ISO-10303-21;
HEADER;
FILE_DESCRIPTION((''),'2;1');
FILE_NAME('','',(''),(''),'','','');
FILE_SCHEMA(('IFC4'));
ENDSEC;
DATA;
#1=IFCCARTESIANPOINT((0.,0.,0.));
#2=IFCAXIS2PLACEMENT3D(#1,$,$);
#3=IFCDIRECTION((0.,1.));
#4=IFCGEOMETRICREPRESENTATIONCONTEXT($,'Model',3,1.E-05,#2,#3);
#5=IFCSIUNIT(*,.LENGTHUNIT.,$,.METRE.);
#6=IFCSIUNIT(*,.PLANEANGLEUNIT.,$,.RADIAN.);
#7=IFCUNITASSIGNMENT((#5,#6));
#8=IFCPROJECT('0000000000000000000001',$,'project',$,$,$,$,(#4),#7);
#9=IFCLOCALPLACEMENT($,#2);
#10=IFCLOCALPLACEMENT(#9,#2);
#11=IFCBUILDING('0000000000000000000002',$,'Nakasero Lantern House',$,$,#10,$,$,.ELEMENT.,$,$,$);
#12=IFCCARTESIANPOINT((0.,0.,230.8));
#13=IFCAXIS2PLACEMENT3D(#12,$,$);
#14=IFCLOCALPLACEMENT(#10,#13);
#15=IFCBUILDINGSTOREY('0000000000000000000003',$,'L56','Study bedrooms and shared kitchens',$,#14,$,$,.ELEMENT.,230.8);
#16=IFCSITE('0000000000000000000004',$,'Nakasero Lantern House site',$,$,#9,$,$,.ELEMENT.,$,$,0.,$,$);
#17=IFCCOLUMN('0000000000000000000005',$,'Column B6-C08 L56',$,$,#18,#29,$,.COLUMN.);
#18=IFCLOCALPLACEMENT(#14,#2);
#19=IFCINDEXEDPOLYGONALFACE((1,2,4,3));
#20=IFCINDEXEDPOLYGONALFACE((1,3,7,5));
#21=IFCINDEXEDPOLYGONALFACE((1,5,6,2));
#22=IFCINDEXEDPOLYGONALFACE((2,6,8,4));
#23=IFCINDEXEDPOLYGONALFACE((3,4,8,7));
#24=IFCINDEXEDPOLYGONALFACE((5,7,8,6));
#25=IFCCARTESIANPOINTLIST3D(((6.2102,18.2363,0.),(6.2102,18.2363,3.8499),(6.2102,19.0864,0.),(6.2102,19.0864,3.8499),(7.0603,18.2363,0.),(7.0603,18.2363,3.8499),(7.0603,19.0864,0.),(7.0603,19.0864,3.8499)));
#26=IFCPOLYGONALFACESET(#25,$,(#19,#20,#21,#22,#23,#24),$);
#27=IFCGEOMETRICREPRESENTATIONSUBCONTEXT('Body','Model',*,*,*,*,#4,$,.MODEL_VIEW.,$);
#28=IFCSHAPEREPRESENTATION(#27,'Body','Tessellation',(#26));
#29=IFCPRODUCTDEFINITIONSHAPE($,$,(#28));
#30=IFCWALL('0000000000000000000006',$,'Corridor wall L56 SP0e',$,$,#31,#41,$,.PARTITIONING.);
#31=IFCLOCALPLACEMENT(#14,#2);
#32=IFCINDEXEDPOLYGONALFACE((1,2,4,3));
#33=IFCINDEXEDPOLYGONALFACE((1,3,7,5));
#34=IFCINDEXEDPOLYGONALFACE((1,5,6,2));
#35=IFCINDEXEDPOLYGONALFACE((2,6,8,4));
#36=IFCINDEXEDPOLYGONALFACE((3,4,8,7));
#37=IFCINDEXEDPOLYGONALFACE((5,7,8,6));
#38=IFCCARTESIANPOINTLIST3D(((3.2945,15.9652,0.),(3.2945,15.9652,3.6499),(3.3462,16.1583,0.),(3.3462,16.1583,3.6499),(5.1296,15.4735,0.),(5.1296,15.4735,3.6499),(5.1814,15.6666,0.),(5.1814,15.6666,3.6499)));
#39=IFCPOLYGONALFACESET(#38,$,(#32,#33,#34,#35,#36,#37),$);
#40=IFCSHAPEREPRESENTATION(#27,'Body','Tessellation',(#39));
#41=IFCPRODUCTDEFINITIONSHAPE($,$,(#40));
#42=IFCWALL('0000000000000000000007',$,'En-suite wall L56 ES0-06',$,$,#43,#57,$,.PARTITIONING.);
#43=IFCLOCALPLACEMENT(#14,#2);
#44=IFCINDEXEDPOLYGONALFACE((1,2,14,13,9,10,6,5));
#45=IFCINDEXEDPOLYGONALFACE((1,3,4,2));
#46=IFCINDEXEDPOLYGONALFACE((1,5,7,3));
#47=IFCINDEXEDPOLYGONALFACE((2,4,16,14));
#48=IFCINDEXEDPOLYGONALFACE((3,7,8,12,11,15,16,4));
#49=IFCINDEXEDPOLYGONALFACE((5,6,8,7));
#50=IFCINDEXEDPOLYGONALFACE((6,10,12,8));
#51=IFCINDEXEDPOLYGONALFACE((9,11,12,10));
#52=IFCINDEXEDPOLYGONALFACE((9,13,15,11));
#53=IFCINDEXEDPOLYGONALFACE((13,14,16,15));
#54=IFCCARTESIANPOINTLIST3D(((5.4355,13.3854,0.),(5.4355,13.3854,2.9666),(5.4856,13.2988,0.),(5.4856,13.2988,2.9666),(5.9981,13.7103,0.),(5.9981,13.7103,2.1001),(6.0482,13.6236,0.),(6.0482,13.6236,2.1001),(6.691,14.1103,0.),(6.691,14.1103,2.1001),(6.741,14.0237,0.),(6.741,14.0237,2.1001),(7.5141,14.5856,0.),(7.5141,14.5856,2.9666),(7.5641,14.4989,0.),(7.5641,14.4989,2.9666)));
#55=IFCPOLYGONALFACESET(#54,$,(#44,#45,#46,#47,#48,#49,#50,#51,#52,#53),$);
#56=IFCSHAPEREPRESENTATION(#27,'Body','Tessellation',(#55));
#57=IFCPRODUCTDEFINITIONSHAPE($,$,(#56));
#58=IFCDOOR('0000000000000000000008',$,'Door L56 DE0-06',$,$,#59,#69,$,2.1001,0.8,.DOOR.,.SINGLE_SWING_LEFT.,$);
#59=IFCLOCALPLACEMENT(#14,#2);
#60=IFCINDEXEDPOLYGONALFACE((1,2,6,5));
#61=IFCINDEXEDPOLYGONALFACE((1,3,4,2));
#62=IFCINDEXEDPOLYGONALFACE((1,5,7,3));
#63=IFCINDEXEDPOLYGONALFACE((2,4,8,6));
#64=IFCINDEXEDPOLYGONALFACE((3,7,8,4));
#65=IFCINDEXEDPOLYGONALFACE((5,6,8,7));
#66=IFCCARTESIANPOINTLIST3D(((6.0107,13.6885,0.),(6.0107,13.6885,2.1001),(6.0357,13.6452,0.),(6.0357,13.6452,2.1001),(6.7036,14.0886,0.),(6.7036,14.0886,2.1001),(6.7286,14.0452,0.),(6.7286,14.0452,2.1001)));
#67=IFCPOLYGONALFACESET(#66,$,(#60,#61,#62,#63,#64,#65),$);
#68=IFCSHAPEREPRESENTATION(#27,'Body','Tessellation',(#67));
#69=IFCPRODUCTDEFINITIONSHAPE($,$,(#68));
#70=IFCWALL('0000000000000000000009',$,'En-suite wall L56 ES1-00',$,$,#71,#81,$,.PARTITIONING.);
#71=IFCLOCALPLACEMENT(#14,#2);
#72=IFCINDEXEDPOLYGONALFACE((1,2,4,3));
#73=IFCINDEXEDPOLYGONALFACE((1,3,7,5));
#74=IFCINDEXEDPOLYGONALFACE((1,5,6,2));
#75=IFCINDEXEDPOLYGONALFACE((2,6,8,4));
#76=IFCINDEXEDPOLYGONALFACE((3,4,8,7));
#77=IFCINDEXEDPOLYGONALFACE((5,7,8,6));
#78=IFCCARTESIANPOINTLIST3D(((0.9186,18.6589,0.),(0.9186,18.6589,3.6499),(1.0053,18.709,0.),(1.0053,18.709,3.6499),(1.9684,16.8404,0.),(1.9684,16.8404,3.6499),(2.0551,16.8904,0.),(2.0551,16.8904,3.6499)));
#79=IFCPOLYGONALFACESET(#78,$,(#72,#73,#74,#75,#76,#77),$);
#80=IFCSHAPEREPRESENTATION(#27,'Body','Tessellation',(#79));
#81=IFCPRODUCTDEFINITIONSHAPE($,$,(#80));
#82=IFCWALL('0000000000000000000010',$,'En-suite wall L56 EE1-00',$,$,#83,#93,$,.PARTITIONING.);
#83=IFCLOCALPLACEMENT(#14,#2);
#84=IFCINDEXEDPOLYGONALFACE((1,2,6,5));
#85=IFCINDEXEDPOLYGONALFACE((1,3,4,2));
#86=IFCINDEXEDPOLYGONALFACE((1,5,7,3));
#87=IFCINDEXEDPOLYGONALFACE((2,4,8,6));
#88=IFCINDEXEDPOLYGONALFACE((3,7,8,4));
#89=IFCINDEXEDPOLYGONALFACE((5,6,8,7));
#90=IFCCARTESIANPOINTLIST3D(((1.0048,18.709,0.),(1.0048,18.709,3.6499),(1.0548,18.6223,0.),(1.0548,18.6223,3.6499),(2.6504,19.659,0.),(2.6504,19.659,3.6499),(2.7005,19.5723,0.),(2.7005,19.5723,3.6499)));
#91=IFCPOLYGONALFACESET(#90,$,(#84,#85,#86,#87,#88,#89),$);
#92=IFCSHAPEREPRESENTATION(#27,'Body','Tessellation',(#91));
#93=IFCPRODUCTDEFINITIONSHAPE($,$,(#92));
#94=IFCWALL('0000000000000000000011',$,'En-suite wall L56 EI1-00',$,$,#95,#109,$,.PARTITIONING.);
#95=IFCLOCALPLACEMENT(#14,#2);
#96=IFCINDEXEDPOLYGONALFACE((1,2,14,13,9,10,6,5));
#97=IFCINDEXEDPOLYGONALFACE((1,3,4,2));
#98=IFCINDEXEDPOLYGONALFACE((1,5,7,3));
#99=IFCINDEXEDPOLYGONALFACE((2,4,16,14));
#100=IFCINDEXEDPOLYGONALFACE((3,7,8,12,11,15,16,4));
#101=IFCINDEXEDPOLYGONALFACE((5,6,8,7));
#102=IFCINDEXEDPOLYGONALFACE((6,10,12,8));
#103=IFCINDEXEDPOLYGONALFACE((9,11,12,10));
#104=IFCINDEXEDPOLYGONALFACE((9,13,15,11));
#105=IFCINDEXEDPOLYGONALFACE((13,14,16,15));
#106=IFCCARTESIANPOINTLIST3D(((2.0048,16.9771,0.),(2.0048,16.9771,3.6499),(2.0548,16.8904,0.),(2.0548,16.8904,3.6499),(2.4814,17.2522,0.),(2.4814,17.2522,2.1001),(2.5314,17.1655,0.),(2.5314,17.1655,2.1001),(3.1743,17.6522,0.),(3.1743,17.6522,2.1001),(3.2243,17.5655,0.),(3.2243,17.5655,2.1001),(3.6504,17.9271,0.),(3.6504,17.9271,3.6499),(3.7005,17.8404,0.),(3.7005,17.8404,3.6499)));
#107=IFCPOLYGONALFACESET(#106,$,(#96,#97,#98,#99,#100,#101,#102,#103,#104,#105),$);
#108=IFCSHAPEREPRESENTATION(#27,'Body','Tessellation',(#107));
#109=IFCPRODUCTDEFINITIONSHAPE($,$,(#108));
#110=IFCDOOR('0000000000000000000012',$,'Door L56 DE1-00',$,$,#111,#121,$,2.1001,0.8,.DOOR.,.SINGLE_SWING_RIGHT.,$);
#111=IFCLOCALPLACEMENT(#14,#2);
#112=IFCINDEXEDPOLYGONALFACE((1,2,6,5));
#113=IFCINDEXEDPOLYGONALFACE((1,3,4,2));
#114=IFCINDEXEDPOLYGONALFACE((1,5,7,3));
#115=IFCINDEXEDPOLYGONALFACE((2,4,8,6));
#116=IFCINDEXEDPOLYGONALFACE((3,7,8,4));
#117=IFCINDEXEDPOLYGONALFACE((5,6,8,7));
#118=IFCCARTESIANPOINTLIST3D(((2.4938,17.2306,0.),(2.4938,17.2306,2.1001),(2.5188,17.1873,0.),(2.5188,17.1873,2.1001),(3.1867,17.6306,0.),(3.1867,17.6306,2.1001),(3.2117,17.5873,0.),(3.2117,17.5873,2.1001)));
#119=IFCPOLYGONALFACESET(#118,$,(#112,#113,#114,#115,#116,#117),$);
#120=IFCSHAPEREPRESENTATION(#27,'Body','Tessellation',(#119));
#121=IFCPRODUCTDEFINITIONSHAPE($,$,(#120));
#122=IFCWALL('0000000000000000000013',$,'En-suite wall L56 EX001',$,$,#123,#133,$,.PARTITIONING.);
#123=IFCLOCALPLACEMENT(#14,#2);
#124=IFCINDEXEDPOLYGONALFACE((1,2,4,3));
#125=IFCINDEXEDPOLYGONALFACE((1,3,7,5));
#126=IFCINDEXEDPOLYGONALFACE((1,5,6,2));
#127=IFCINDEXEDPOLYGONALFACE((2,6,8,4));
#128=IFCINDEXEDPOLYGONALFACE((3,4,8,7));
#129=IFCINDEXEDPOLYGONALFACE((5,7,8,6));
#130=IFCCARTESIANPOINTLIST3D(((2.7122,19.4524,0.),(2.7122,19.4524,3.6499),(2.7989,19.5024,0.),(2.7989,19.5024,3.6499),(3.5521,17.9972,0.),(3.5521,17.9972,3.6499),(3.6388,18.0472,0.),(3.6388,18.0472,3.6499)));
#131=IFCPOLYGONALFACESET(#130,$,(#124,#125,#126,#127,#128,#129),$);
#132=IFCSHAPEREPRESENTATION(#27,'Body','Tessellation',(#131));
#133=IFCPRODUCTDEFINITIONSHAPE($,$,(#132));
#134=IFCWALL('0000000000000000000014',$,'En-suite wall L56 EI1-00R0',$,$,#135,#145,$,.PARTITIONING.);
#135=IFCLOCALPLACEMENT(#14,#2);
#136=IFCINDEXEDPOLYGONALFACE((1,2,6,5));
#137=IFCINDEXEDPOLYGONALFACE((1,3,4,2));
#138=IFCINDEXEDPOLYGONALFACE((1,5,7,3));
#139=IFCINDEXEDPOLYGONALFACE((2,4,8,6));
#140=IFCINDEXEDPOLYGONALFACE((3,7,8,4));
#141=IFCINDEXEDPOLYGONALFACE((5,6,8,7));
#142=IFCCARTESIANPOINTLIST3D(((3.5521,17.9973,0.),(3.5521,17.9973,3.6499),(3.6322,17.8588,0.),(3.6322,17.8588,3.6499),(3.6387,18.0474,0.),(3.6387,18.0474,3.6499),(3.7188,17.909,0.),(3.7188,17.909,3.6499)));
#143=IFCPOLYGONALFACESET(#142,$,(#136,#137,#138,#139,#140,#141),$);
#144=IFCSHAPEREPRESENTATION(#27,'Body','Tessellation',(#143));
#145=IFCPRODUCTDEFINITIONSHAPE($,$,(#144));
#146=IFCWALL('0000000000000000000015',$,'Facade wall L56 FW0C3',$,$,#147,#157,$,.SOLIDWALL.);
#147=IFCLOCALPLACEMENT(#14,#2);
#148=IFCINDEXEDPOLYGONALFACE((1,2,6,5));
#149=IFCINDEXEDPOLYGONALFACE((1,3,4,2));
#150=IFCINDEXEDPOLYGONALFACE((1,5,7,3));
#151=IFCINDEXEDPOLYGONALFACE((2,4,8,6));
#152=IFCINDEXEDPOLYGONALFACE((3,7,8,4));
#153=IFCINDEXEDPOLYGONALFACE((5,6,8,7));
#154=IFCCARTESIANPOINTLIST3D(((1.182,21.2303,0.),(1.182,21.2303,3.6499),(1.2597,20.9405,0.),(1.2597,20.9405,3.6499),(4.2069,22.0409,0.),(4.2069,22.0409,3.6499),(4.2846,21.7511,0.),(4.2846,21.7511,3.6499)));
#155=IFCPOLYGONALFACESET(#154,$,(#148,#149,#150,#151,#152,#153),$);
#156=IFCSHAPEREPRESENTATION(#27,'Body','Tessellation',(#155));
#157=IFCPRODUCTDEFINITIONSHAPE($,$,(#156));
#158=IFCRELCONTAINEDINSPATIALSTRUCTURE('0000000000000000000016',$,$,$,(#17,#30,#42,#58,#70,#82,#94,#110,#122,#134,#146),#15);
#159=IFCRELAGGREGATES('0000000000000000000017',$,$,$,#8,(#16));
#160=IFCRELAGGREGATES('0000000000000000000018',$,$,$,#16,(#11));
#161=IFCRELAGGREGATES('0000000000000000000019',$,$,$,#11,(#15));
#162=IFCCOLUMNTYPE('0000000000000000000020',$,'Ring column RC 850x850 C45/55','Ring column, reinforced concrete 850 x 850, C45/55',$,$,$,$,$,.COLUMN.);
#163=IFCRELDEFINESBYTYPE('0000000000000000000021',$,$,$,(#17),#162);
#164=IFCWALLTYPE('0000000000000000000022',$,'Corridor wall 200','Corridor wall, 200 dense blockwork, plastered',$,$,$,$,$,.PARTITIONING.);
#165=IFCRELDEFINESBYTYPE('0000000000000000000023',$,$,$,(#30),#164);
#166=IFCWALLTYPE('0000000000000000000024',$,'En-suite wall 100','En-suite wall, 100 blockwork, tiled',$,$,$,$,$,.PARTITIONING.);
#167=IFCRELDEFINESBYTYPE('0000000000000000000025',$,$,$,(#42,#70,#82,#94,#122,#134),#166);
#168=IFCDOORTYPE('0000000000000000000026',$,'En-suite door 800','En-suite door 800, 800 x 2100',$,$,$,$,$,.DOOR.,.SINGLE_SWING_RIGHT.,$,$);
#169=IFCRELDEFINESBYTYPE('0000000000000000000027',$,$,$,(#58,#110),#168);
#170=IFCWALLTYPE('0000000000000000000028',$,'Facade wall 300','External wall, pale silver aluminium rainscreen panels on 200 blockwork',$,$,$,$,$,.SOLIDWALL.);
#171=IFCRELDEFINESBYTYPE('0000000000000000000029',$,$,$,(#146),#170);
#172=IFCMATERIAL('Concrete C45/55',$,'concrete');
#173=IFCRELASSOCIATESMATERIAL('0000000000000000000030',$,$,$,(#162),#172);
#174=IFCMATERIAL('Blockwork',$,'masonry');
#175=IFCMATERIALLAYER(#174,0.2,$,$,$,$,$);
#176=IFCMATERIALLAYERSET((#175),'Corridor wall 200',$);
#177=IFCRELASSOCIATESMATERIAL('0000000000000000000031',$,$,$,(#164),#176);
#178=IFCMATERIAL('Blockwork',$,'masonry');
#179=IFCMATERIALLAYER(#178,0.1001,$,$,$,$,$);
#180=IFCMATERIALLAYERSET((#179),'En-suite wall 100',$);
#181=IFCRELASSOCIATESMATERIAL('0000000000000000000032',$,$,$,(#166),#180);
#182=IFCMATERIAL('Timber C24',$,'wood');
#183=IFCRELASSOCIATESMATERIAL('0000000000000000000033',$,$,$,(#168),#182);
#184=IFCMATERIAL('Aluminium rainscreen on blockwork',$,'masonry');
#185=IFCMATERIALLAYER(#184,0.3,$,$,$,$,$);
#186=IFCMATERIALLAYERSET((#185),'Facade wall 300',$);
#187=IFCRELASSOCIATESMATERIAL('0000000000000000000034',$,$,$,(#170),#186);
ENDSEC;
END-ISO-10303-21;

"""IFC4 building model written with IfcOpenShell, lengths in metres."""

from ifc_helpers import new_model, si_unit, direction, frame, frame_2d, origin, origin_2d, place, context, subcontext, project, spatial, rectangle, extrude, material, layer, layer_set, material_profile, profile_set, type_object, element, fill, save


model = new_model("IFC4")

# Units and contexts
model_context = context("Model", 3, precision=1e-05, world=origin(), true_north=direction((0.0, 1.0)))
body_context = subcontext(model_context, "Body", "Model", "MODEL_VIEW")
ifc_project = project(units=[si_unit("LENGTHUNIT", "METRE"), si_unit("PLANEANGLEUNIT", "RADIAN")], contexts=[model_context])

# Site, building, storey
site_placement = place(None, origin())
site = spatial("IfcSite", under=ifc_project, at=site_placement, Name="Nakasero Lantern House site", CompositionType="ELEMENT", RefElevation=0.0)
building_placement = place(site_placement, origin())
building = spatial("IfcBuilding", under=site, at=building_placement, Name="Nakasero Lantern House", CompositionType="ELEMENT")
storey_placement = place(building_placement, frame((0.0, 0.0, 230.8)))
storey = spatial("IfcBuildingStorey", under=building, at=storey_placement, Name="L56", Description="Study bedrooms and shared kitchens", CompositionType="ELEMENT", Elevation=230.8)

# Column
ifc_material_1 = material(Name="Concrete C45/55", Category="concrete")
ifc_material_profile = material_profile(ifc_material_1, rectangle(XDim=0.8501, YDim=0.8501, at=origin_2d()), Name="RC 850x850")
ifc_profile_set = profile_set([ifc_material_profile], Name="Concrete C45/55")
column_type = type_object("IfcColumnType", Name="Ring column RC 850x850 C45/55", Description="Ring column, reinforced concrete 850 x 850, C45/55", PredefinedType="COLUMN", material=ifc_profile_set)
column_placement = place(storey_placement, frame((6.6353, 18.6614, 0.0), z_axis=(0.0, 0.0, 1.0), x_axis=(1.0, 0.0, 0.0)))
element("IfcColumn", 1, at=column_placement, inside=storey, type_object=column_type, Name="Column B6-C08 L56", PredefinedType="COLUMN", context=body_context, shape_type="SweptSolid", body=[
    extrude(rectangle(XDim=0.8501, YDim=0.8501, at=origin_2d()), origin(), (0.0, 0.0, 1.0), 3.8499),
])

# Wall
ifc_material_2 = material(Name="Blockwork", Category="masonry")
ifc_layer_1 = layer(ifc_material_2, 0.2)
ifc_layer_set_1 = layer_set([ifc_layer_1], Name="Corridor wall 200")
wall_type_1 = type_object("IfcWallType", Name="Corridor wall 200", Description="Corridor wall, 200 dense blockwork, plastered", PredefinedType="PARTITIONING", material=ifc_layer_set_1)
wall_1_placement = place(storey_placement, frame((5.1555, 15.5701, 0.0), z_axis=(0.0, 0.0, 1.0), x_axis=(-0.965931, 0.258798, 0.0)))
element("IfcWall", 2, at=wall_1_placement, inside=storey, type_object=wall_type_1, Name="Corridor wall L56 SP0e", PredefinedType="PARTITIONING", context=body_context, shape_type="SweptSolid", body=[
    extrude(rectangle(XDim=1.8999, YDim=0.2, at=frame_2d((0.95, 0.0))), origin(), (0.0, 0.0, 1.0), 3.6499),
])

# Wall, opening, door
ifc_material_3 = material(Name="Blockwork", Category="masonry")
ifc_layer_2 = layer(ifc_material_3, 0.1001)
ifc_layer_set_2 = layer_set([ifc_layer_2], Name="En-suite wall 100")
wall_type_2 = type_object("IfcWallType", Name="En-suite wall 100", Description="En-suite wall, 100 blockwork, tiled", PredefinedType="PARTITIONING", material=ifc_layer_set_2)
wall_2_placement = place(storey_placement, frame((5.4604, 13.342, 0.0), z_axis=(0.0, 0.0, 1.0), x_axis=(0.866006, 0.500034, 0.0)))
wall_2 = element("IfcWall", 3, at=wall_2_placement, inside=storey, type_object=wall_type_2, Name="En-suite wall L56 ES0-06", PredefinedType="PARTITIONING", context=body_context, shape_type="SweptSolid", body=[
    extrude(rectangle(XDim=2.4001, YDim=0.1001, at=frame_2d((1.2002, 0.0))), origin(), (0.0, 0.0, 1.0), 2.9666),
])
opening_1_placement = place(wall_2_placement, frame((0.6499, 0.0, 0.0)))
opening_1 = element("IfcOpeningElement", 4, at=opening_1_placement, cuts=wall_2, PredefinedType="OPENING", context=body_context, shape_type="SweptSolid", body=[
    extrude(rectangle(XDim=0.8, YDim=2.1001, at=frame_2d((0.3999, 1.05))), frame((0.0, 0.0701, 0.0), z_axis=(0.0, -1.0, 0.0), x_axis=(1.0, 0.0, 0.0)), (0.0, 0.0, 1.0), 0.1401),
])
ifc_material_4 = material(Name="Timber C24", Category="wood")
door_type_1 = type_object("IfcDoorType", Name="En-suite door 800", Description="En-suite door 800, 800 x 2100", OperationType="SINGLE_SWING_RIGHT", PredefinedType="DOOR", material=ifc_material_4)
door_1_placement = place(opening_1_placement, origin())
door_1 = element("IfcDoor", 5, at=door_1_placement, inside=storey, type_object=door_type_1, Name="Door L56 DE0-06", OperationType="SINGLE_SWING_LEFT", OverallHeight=2.1001, OverallWidth=0.8, PredefinedType="DOOR", context=body_context, shape_type="SweptSolid", body=[
    extrude(rectangle(XDim=0.8, YDim=2.1001, at=frame_2d((0.3999, 1.05))), frame((0.0, 0.0249, 0.0), z_axis=(0.0, -1.0, 0.0), x_axis=(1.0, 0.0, 0.0)), (0.0, 0.0, 1.0), 0.05),
])
fill(opening_1, door_1)

# Walls
wall_3_placement = place(storey_placement, frame((2.0117, 16.8655, 0.0), z_axis=(0.0, 0.0, 1.0), x_axis=(-0.499941, 0.86606, 0.0)))
element("IfcWall", 6, at=wall_3_placement, inside=storey, type_object=wall_type_2, Name="En-suite wall L56 ES1-00", PredefinedType="PARTITIONING", context=body_context, shape_type="SweptSolid", body=[
    extrude(rectangle(XDim=2.0999, YDim=0.1001, at=frame_2d((1.0498, 0.0))), origin(), (0.0, 0.0, 1.0), 3.6499),
])
wall_4_placement = place(storey_placement, frame((2.6755, 19.6157, 0.0), z_axis=(0.0, 0.0, 1.0), x_axis=(-0.866044, -0.499967, 0.0)))
element("IfcWall", 7, at=wall_4_placement, inside=storey, type_object=wall_type_2, Name="En-suite wall L56 EE1-00", PredefinedType="PARTITIONING", context=body_context, shape_type="SweptSolid", body=[
    extrude(rectangle(XDim=1.9001, YDim=0.1001, at=frame_2d((0.9502, 0.0))), origin(), (0.0, 0.0, 1.0), 3.6499),
])

# Wall, opening, door
wall_5_placement = place(storey_placement, frame((3.6755, 17.8838, 0.0), z_axis=(0.0, 0.0, 1.0), x_axis=(-0.866044, -0.499967, 0.0)))
wall_5 = element("IfcWall", 8, at=wall_5_placement, inside=storey, type_object=wall_type_2, Name="En-suite wall L56 EI1-00", PredefinedType="PARTITIONING", context=body_context, shape_type="SweptSolid", body=[
    extrude(rectangle(XDim=1.9001, YDim=0.1001, at=frame_2d((0.9502, 0.0))), origin(), (0.0, 0.0, 1.0), 3.6499),
])
opening_2_placement = place(wall_5_placement, frame((0.55, 0.0, 0.0)))
opening_2 = element("IfcOpeningElement", 9, at=opening_2_placement, cuts=wall_5, PredefinedType="OPENING", context=body_context, shape_type="SweptSolid", body=[
    extrude(rectangle(XDim=0.8, YDim=2.1001, at=frame_2d((0.3999, 1.05))), frame((0.0, 0.0701, 0.0), z_axis=(0.0, -1.0, 0.0), x_axis=(1.0, 0.0, 0.0)), (0.0, 0.0, 1.0), 0.1401),
])
door_2_placement = place(opening_2_placement, origin())
door_2 = element("IfcDoor", 10, at=door_2_placement, inside=storey, type_object=door_type_1, Name="Door L56 DE1-00", OperationType="SINGLE_SWING_RIGHT", OverallHeight=2.1001, OverallWidth=0.8, PredefinedType="DOOR", context=body_context, shape_type="SweptSolid", body=[
    extrude(rectangle(XDim=0.8, YDim=2.1001, at=frame_2d((0.3999, 1.05))), frame((0.0, 0.0249, 0.0), z_axis=(0.0, -1.0, 0.0), x_axis=(1.0, 0.0, 0.0)), (0.0, 0.0, 1.0), 0.05),
])
fill(opening_2, door_2)

# Walls
wall_6_placement = place(storey_placement, frame((3.5955, 18.0222, 0.0), z_axis=(0.0, 0.0, 1.0), x_axis=(-0.49989, 0.866089, 0.0)))
element("IfcWall", 11, at=wall_6_placement, inside=storey, type_object=wall_type_2, Name="En-suite wall L56 EX001", PredefinedType="PARTITIONING", context=body_context, shape_type="SweptSolid", body=[
    extrude(rectangle(XDim=1.6802, YDim=0.1001, at=frame_2d((0.8401, 0.0))), origin(), (0.0, 0.0, 1.0), 3.6499),
])
wall_7_placement = place(storey_placement, frame((3.6755, 17.8838, 0.0), z_axis=(0.0, 0.0, 1.0), x_axis=(-0.500735, 0.8656, 0.0)))
element("IfcWall", 12, at=wall_7_placement, inside=storey, type_object=wall_type_2, Name="En-suite wall L56 EI1-00R0", PredefinedType="PARTITIONING", context=body_context, shape_type="SweptSolid", body=[
    extrude(rectangle(XDim=0.1599, YDim=0.1001, at=frame_2d((0.0801, 0.0))), origin(), (0.0, 0.0, 1.0), 3.6499),
])
ifc_material_5 = material(Name="Aluminium rainscreen on blockwork", Category="masonry")
ifc_layer_3 = layer(ifc_material_5, 0.3)
ifc_layer_set_3 = layer_set([ifc_layer_3], Name="Facade wall 300")
wall_type_3 = type_object("IfcWallType", Name="Facade wall 300", Description="External wall, pale silver aluminium rainscreen panels on 200 blockwork", PredefinedType="SOLIDWALL", material=ifc_layer_set_3)
wall_8_placement = place(storey_placement, frame((4.2458, 21.896, 0.0), z_axis=(0.0, 0.0, 1.0), x_axis=(-0.965924, -0.258827, 0.0)))
element("IfcWall", 13, at=wall_8_placement, inside=storey, type_object=wall_type_3, Name="Facade wall L56 FW0C3", PredefinedType="SOLIDWALL", context=body_context, shape_type="SweptSolid", body=[
    extrude(rectangle(XDim=3.1316, YDim=0.3, at=frame_2d((1.5659, 0.0))), origin(), (0.0, 0.0, 1.0), 3.6499),
])

save(model, "model.ifc")
